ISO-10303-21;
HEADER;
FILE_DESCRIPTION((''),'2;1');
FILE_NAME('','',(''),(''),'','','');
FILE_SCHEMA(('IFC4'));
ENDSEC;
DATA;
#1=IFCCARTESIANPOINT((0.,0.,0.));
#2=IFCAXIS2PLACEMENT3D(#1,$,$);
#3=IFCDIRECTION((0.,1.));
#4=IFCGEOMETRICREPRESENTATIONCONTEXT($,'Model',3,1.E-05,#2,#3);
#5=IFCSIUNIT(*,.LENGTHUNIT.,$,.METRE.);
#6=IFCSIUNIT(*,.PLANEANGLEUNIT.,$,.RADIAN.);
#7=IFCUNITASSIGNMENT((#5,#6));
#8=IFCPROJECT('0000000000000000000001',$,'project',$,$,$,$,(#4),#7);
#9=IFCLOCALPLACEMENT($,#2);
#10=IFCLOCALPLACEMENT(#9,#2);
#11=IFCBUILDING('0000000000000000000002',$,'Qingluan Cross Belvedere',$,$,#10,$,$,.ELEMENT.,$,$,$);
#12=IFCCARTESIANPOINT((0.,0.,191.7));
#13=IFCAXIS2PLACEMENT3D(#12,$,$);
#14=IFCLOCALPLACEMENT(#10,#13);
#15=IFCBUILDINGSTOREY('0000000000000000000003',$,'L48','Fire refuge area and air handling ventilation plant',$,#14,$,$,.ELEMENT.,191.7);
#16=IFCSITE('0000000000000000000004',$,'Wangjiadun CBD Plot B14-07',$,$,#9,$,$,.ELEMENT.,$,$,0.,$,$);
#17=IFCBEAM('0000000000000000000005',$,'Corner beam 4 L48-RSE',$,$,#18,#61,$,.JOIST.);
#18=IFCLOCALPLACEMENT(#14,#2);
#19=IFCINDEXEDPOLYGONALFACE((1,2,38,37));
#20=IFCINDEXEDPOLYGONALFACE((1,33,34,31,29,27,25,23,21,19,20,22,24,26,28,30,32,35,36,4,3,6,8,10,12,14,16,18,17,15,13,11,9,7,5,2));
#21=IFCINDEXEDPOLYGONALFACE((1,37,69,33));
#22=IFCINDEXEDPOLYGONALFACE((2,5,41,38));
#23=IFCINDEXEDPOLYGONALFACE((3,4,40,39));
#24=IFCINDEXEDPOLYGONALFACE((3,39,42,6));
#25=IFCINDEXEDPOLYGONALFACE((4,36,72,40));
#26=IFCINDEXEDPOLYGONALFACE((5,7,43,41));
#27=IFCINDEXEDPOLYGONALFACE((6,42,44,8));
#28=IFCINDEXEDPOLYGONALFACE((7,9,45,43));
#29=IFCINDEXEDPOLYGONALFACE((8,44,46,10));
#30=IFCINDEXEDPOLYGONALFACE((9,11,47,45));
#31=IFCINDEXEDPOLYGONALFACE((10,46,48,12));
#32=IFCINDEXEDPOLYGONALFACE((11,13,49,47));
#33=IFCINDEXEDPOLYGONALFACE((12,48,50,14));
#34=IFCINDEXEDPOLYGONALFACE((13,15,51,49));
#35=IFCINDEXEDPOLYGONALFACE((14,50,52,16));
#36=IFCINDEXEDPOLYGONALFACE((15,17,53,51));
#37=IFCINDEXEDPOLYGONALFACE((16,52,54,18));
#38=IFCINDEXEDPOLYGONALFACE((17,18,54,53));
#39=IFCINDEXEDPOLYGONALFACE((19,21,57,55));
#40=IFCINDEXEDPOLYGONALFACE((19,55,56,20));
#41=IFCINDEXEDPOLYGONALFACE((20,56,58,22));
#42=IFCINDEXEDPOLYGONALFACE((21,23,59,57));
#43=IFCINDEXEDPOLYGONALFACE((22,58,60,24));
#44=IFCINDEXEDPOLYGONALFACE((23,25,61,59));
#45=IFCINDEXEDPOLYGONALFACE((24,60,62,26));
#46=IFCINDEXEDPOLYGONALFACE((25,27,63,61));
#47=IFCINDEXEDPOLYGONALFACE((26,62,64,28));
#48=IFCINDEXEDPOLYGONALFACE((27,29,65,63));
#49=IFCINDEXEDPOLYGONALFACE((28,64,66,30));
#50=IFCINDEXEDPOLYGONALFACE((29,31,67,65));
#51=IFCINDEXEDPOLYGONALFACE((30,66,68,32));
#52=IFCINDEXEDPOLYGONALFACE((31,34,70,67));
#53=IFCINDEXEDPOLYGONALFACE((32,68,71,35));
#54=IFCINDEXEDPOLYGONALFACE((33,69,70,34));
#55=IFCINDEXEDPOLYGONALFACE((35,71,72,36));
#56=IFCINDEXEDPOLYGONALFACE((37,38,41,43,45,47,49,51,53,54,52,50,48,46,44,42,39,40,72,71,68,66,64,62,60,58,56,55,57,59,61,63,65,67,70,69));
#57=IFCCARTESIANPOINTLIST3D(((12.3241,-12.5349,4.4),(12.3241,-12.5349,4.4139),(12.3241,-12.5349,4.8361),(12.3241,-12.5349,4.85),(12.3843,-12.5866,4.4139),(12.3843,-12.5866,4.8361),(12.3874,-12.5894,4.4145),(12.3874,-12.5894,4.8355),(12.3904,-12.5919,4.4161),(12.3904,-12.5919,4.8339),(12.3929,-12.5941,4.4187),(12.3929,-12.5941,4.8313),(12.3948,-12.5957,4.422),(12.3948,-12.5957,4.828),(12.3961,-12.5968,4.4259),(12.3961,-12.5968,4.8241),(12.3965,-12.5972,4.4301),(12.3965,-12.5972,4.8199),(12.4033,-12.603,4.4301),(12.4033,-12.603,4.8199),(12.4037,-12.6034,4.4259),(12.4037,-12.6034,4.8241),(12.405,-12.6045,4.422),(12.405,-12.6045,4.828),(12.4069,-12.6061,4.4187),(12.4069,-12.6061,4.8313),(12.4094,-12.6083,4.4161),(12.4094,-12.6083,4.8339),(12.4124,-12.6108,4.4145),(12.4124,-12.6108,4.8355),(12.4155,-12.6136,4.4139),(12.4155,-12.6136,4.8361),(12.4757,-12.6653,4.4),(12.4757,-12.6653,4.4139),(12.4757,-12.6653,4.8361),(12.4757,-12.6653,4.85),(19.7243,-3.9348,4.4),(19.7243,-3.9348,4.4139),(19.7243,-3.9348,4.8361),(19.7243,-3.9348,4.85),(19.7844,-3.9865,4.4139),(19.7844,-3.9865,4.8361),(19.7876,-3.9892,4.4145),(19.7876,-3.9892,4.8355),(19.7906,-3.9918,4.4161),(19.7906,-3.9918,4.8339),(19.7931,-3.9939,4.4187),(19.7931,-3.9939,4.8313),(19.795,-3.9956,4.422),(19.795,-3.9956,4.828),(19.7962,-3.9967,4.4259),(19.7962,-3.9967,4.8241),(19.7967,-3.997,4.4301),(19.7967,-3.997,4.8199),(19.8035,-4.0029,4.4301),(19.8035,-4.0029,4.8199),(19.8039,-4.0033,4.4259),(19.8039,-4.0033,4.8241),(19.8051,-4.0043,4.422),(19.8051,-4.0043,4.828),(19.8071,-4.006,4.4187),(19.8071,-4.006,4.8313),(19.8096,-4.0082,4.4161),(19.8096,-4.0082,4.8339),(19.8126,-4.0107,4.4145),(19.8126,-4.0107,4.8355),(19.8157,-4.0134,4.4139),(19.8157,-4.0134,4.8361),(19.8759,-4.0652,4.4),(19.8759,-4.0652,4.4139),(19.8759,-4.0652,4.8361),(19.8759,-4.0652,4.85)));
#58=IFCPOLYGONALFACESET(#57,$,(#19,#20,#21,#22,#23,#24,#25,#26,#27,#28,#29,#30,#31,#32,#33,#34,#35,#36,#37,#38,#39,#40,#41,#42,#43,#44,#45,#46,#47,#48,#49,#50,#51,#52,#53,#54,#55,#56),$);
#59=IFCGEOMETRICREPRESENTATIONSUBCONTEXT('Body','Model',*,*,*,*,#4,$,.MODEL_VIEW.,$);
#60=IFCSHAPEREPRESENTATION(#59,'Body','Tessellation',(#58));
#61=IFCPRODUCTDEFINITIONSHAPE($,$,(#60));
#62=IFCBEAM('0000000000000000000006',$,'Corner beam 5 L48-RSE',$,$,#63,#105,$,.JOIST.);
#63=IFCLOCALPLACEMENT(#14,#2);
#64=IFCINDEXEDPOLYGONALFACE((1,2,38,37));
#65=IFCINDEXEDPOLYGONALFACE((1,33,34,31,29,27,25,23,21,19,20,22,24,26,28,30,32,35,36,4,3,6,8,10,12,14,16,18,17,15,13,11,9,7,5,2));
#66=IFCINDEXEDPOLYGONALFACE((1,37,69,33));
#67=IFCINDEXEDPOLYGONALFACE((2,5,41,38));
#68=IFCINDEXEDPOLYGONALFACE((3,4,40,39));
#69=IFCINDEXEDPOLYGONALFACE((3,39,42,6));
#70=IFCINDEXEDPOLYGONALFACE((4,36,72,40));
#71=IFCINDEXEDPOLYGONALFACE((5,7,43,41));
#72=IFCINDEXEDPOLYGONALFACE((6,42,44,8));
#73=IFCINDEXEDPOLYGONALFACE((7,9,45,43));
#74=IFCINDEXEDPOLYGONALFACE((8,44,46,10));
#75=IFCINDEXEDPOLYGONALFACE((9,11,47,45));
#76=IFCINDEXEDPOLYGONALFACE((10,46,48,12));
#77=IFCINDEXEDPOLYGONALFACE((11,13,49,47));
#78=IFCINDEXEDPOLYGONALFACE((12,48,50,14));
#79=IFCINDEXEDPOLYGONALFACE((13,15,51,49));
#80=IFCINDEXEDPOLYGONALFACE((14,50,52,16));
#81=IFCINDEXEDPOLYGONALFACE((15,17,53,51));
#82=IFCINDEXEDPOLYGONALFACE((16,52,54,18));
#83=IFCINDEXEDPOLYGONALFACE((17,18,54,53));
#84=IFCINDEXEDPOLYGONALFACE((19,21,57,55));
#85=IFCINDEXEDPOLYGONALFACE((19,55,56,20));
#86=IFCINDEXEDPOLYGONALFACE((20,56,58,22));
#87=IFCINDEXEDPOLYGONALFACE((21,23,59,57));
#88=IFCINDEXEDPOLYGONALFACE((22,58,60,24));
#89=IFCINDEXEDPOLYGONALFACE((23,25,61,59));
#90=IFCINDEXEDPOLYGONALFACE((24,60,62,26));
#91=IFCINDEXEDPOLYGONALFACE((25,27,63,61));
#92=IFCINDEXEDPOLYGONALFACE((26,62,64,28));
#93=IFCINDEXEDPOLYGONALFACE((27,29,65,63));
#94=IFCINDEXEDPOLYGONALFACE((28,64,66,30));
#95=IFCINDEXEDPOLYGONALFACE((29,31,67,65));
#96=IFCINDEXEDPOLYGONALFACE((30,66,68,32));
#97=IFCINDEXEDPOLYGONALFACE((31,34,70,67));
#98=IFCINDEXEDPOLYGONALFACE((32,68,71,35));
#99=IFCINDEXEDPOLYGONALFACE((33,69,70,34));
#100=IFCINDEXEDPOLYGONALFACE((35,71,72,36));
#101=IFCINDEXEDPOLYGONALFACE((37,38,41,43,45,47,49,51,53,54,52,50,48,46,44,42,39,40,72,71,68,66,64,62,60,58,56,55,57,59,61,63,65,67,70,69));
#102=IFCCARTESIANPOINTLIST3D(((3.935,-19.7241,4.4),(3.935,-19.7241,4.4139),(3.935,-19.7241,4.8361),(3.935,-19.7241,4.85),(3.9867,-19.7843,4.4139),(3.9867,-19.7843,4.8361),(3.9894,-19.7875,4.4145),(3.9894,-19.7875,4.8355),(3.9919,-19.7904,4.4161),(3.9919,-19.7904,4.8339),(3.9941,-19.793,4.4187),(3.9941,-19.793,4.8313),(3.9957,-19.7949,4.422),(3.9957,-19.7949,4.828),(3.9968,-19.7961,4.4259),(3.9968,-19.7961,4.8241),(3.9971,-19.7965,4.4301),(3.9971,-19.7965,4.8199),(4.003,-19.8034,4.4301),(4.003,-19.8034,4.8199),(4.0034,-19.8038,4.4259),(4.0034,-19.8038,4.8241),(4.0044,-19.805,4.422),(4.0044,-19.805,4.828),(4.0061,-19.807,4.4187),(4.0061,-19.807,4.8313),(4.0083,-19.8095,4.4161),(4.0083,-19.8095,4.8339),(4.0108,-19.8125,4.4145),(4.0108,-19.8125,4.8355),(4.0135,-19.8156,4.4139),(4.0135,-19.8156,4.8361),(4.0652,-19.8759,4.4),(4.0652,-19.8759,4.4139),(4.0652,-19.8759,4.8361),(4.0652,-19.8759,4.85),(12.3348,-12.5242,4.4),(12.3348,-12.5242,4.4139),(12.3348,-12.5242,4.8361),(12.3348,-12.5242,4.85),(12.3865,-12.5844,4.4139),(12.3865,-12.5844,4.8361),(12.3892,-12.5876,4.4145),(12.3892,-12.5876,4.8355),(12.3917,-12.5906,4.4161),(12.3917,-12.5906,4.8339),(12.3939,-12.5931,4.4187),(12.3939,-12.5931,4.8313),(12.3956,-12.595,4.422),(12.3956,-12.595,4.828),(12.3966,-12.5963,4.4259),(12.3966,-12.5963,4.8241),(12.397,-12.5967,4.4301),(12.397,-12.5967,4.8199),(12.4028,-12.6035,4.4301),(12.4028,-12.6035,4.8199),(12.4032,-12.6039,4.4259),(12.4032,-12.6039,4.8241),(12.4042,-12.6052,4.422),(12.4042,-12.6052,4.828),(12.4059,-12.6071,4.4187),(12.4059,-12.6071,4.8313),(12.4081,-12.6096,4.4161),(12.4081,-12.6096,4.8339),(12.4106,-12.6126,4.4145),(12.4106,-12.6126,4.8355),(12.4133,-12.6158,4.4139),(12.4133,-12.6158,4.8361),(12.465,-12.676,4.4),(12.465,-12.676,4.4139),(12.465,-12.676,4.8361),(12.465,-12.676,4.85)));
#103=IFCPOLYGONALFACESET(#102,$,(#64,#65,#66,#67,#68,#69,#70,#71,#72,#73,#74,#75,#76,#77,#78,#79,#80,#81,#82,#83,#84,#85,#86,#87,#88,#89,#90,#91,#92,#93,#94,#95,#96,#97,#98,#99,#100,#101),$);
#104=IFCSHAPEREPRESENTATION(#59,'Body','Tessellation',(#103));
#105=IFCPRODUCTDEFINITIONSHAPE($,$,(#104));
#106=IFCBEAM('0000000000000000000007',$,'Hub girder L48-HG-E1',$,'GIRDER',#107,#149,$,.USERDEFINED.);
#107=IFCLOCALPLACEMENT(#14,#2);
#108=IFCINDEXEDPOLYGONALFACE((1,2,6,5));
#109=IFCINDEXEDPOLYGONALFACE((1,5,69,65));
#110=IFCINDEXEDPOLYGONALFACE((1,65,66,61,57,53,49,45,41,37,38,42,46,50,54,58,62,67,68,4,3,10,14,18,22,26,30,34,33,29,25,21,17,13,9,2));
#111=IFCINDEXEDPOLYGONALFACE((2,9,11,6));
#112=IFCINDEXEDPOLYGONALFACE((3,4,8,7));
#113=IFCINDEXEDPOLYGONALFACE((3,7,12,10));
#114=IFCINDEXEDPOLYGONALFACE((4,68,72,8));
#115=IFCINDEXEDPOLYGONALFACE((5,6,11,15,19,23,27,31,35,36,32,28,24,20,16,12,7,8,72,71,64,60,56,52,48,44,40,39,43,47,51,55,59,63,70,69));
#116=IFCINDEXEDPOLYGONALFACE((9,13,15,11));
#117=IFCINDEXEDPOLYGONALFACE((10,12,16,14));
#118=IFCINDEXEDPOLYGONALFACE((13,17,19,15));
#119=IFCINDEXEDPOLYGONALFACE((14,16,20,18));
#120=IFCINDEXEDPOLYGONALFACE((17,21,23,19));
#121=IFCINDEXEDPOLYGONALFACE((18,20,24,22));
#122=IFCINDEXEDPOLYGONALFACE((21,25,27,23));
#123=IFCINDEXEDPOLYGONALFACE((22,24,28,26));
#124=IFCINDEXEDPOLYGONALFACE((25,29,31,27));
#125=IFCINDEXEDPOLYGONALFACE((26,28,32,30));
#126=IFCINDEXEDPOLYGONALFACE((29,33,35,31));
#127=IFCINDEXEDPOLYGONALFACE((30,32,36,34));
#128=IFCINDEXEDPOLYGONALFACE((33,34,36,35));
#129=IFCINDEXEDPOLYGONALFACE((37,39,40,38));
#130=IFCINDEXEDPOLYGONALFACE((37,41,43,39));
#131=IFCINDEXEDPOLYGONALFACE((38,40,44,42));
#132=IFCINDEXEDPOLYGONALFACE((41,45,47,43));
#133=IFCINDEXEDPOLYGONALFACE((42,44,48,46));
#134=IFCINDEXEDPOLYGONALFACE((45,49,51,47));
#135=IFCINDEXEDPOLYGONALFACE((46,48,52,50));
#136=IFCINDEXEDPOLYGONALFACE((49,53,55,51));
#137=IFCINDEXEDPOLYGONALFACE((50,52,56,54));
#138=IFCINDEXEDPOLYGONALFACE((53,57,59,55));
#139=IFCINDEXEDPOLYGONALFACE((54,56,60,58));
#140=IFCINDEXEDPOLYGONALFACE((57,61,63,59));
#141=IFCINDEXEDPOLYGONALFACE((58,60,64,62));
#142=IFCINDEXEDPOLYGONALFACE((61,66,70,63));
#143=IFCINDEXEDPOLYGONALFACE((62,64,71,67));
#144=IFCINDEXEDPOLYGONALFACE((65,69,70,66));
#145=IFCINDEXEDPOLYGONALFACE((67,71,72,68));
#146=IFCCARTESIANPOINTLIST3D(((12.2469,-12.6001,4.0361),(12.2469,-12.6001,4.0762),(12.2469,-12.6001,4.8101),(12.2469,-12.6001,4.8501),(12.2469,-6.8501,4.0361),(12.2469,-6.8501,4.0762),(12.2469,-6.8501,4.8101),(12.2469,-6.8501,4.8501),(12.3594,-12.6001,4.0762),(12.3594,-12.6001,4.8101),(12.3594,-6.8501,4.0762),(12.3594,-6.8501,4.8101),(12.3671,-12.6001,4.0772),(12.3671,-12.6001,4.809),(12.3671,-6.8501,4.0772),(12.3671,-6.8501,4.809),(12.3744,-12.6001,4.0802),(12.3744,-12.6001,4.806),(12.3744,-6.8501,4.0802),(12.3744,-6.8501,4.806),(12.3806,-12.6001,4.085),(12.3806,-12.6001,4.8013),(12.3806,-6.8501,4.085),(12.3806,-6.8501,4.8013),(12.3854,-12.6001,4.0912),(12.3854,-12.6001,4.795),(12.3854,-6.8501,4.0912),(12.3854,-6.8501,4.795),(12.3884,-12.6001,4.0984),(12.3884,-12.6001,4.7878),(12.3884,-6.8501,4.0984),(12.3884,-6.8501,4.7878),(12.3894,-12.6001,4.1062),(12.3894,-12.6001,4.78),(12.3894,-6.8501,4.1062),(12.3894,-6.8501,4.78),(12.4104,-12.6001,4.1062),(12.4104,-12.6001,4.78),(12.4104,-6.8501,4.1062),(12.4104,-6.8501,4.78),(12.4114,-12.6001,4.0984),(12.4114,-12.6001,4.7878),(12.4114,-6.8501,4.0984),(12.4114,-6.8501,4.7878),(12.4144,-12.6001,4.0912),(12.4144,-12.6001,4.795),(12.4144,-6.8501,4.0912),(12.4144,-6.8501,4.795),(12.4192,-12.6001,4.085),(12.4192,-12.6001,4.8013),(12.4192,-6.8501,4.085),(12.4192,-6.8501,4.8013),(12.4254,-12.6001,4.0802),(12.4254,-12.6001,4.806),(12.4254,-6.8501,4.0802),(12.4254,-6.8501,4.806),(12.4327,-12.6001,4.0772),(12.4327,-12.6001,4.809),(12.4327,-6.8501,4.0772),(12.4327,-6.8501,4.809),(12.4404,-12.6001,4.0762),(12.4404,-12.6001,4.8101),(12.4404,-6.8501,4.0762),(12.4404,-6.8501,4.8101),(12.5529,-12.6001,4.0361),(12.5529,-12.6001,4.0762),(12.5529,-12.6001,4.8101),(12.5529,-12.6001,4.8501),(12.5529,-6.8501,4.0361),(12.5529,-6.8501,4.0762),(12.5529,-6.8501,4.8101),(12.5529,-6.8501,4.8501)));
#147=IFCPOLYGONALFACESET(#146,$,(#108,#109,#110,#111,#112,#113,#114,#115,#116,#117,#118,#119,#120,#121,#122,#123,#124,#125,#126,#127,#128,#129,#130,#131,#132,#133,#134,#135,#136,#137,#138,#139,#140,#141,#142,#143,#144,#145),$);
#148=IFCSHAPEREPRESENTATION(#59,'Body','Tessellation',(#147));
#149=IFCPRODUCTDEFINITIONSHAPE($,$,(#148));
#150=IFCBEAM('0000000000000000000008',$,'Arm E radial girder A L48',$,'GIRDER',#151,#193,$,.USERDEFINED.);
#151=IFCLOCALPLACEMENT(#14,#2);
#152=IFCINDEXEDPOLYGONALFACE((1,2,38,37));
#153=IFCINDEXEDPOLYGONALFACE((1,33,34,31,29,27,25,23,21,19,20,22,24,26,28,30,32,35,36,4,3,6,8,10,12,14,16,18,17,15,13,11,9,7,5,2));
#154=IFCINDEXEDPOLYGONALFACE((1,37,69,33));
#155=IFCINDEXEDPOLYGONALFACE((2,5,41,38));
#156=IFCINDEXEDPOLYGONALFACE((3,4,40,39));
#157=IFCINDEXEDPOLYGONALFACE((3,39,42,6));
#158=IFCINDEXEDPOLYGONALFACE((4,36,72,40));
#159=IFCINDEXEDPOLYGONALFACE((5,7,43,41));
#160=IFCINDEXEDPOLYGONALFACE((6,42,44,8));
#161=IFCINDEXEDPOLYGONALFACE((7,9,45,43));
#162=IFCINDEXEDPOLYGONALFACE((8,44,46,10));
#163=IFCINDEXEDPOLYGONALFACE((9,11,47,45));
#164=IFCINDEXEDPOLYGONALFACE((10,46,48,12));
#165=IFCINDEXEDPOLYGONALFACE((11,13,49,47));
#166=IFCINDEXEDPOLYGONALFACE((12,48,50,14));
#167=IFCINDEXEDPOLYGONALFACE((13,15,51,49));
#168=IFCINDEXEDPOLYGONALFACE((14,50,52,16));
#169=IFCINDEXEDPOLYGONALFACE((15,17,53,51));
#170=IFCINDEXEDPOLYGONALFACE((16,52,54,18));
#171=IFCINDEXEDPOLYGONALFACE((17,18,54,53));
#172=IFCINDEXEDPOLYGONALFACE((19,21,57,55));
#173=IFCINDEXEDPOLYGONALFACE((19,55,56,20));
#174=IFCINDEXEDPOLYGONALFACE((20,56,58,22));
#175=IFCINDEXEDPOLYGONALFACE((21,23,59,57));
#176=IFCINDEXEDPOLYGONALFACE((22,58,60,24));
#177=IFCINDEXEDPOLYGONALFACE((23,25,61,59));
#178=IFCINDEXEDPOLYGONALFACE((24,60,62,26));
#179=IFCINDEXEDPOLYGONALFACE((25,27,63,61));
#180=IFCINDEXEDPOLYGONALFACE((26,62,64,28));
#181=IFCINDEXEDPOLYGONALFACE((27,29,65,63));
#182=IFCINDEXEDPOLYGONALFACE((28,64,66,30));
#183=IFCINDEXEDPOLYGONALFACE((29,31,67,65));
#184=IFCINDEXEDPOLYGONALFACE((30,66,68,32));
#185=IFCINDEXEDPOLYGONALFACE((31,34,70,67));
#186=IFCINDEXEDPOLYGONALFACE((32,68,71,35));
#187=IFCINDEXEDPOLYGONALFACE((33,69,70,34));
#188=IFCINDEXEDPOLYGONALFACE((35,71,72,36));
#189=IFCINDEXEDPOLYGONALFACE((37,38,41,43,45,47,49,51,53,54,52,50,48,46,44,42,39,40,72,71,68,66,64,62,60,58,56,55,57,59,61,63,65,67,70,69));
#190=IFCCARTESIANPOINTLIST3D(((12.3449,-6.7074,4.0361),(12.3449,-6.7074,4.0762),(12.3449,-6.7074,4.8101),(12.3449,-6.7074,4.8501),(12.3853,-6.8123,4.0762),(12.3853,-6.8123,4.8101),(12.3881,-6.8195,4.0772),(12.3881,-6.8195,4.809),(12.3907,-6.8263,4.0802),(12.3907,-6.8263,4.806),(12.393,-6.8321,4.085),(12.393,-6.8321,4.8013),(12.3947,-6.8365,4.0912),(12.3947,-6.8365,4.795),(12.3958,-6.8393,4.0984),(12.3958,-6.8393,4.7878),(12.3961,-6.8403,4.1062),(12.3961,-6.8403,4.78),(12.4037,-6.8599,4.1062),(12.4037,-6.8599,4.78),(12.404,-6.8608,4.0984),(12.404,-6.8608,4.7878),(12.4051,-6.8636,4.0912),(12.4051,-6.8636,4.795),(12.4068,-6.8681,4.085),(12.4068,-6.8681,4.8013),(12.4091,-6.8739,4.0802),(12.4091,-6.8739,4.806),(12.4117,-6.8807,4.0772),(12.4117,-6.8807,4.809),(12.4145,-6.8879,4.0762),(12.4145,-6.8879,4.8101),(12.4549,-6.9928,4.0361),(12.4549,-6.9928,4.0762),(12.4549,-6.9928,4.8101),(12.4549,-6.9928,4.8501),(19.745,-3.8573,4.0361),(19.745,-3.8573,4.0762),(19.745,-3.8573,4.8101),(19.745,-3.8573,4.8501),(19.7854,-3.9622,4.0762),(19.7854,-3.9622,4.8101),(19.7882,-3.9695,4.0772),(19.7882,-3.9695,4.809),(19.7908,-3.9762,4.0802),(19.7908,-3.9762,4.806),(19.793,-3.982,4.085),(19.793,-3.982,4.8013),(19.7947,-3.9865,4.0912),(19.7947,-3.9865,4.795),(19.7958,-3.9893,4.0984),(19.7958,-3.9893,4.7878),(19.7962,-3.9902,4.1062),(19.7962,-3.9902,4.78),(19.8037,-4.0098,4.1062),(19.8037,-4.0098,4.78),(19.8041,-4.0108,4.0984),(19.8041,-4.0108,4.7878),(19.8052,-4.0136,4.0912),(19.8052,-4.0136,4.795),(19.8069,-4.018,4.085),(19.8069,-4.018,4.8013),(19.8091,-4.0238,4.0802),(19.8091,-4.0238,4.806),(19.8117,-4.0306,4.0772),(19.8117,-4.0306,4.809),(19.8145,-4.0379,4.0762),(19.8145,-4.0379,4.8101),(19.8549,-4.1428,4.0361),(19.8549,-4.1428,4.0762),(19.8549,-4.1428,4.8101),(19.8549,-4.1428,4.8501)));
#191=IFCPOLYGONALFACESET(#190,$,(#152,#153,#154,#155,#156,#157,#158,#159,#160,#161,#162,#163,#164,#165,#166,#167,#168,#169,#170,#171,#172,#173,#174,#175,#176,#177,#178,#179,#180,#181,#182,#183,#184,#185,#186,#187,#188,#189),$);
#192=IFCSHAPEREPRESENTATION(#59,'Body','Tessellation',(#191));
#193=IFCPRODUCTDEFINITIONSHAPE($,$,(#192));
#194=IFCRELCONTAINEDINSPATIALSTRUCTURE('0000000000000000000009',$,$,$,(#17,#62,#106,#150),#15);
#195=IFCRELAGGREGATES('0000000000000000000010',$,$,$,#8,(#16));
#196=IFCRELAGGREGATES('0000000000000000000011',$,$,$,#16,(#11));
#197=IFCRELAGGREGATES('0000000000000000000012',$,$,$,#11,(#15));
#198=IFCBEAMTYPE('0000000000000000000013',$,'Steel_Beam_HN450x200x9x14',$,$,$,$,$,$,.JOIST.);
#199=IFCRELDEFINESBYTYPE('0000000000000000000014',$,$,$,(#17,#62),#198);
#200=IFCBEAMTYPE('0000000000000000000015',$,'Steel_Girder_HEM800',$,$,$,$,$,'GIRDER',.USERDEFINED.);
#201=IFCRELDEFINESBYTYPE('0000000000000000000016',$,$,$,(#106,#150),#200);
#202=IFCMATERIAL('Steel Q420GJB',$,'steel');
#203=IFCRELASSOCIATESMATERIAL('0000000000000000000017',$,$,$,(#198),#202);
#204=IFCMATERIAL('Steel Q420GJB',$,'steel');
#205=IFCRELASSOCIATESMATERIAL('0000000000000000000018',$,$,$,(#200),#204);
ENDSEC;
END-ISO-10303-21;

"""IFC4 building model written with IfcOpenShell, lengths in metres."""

from ifc_helpers import new_model, si_unit, direction, frame, origin, origin_2d, place, context, subcontext, project, spatial, i_section, extrude, material, material_profile, profile_set, type_object, element, save


model = new_model("IFC4")

# Units and contexts
model_context = context("Model", 3, precision=1e-05, world=origin(), true_north=direction((0.0, 1.0)))
body_context = subcontext(model_context, "Body", "Model", "MODEL_VIEW")
ifc_project = project(units=[si_unit("LENGTHUNIT", "METRE"), si_unit("PLANEANGLEUNIT", "RADIAN")], contexts=[model_context])

# Site, building, storey
site_placement = place(None, origin())
site = spatial("IfcSite", under=ifc_project, at=site_placement, Name="Wangjiadun CBD Plot B14-07", CompositionType="ELEMENT", RefElevation=0.0)
building_placement = place(site_placement, origin())
building = spatial("IfcBuilding", under=site, at=building_placement, Name="Qingluan Cross Belvedere", CompositionType="ELEMENT")
storey_placement = place(building_placement, frame((0.0, 0.0, 191.7)))
storey = spatial("IfcBuildingStorey", under=building, at=storey_placement, Name="L48", Description="Fire refuge area and air handling ventilation plant", CompositionType="ELEMENT", Elevation=191.7)

# Beams
ifc_material_1 = material(Name="Steel Q420GJB", Category="steel")
ifc_material_profile_1 = material_profile(ifc_material_1, i_section(OverallWidth=0.2, OverallDepth=0.45, WebThickness=0.009, FlangeThickness=0.0139, FilletRadius=0.0161, at=origin_2d()), Name="HN450x200x9x14")
ifc_profile_set_1 = profile_set([ifc_material_profile_1], Name="Steel Q420GJB")
beam_type_1 = type_object("IfcBeamType", Name="Steel_Beam_HN450x200x9x14", PredefinedType="JOIST", material=ifc_profile_set_1)
beam_1_placement = place(storey_placement, frame((12.3999, -12.6001, 4.625), z_axis=(0.652245, 0.758008, 0.0), x_axis=(-0.758008, 0.652245, 0.0)))
element("IfcBeam", 1, at=beam_1_placement, inside=storey, type_object=beam_type_1, Name="Corner beam 4 L48-RSE", PredefinedType="JOIST", context=body_context, shape_type="SweptSolid", body=[
    extrude(i_section(OverallWidth=0.2, OverallDepth=0.45, WebThickness=0.009, FlangeThickness=0.0139, FilletRadius=0.0161, at=origin_2d()), origin(), (0.0, 0.0, 1.0), 11.3457),
])
beam_2_placement = place(storey_placement, frame((12.3999, -12.6001, 4.625), z_axis=(-0.759255, -0.650793, 0.0), x_axis=(0.650793, -0.759255, 0.0)))
element("IfcBeam", 2, at=beam_2_placement, inside=storey, type_object=beam_type_1, Name="Corner beam 5 L48-RSE", PredefinedType="JOIST", context=body_context, shape_type="SweptSolid", body=[
    extrude(i_section(OverallWidth=0.2, OverallDepth=0.45, WebThickness=0.009, FlangeThickness=0.0139, FilletRadius=0.0161, at=origin_2d()), origin(), (0.0, 0.0, 1.0), 11.0632),
])
ifc_material_2 = material(Name="Steel Q420GJB", Category="steel")
ifc_material_profile_2 = material_profile(ifc_material_2, i_section(OverallWidth=0.3059, OverallDepth=0.814, WebThickness=0.021, FlangeThickness=0.04, FilletRadius=0.03, at=origin_2d()), Name="HEM800")
ifc_profile_set_2 = profile_set([ifc_material_profile_2], Name="Steel Q420GJB")
beam_type_2 = type_object("IfcBeamType", Name="Steel_Girder_HEM800", ElementType="GIRDER", PredefinedType="USERDEFINED", material=ifc_profile_set_2)
beam_3_placement = place(storey_placement, frame((12.3999, -12.6001, 4.4431), z_axis=(0.0, 1.0, 0.0), x_axis=(-1.0, 0.0, 0.0)))
element("IfcBeam", 3, at=beam_3_placement, inside=storey, type_object=beam_type_2, Name="Hub girder L48-HG-E1", ObjectType="GIRDER", PredefinedType="USERDEFINED", context=body_context, shape_type="SweptSolid", body=[
    extrude(i_section(OverallWidth=0.3059, OverallDepth=0.814, WebThickness=0.021, FlangeThickness=0.04, FilletRadius=0.03, at=origin_2d()), origin(), (0.0, 0.0, 1.0), 5.75),
])
beam_4_placement = place(storey_placement, frame((12.3999, -6.8501, 4.4431), z_axis=(0.933181, 0.359406, 0.0), x_axis=(-0.359406, 0.933181, 0.0)))
element("IfcBeam", 4, at=beam_4_placement, inside=storey, type_object=beam_type_2, Name="Arm E radial girder A L48", ObjectType="GIRDER", PredefinedType="USERDEFINED", context=body_context, shape_type="SweptSolid", body=[
    extrude(i_section(OverallWidth=0.3059, OverallDepth=0.814, WebThickness=0.021, FlangeThickness=0.04, FilletRadius=0.03, at=origin_2d()), origin(), (0.0, 0.0, 1.0), 7.9299),
])

save(model, "model.ifc")
